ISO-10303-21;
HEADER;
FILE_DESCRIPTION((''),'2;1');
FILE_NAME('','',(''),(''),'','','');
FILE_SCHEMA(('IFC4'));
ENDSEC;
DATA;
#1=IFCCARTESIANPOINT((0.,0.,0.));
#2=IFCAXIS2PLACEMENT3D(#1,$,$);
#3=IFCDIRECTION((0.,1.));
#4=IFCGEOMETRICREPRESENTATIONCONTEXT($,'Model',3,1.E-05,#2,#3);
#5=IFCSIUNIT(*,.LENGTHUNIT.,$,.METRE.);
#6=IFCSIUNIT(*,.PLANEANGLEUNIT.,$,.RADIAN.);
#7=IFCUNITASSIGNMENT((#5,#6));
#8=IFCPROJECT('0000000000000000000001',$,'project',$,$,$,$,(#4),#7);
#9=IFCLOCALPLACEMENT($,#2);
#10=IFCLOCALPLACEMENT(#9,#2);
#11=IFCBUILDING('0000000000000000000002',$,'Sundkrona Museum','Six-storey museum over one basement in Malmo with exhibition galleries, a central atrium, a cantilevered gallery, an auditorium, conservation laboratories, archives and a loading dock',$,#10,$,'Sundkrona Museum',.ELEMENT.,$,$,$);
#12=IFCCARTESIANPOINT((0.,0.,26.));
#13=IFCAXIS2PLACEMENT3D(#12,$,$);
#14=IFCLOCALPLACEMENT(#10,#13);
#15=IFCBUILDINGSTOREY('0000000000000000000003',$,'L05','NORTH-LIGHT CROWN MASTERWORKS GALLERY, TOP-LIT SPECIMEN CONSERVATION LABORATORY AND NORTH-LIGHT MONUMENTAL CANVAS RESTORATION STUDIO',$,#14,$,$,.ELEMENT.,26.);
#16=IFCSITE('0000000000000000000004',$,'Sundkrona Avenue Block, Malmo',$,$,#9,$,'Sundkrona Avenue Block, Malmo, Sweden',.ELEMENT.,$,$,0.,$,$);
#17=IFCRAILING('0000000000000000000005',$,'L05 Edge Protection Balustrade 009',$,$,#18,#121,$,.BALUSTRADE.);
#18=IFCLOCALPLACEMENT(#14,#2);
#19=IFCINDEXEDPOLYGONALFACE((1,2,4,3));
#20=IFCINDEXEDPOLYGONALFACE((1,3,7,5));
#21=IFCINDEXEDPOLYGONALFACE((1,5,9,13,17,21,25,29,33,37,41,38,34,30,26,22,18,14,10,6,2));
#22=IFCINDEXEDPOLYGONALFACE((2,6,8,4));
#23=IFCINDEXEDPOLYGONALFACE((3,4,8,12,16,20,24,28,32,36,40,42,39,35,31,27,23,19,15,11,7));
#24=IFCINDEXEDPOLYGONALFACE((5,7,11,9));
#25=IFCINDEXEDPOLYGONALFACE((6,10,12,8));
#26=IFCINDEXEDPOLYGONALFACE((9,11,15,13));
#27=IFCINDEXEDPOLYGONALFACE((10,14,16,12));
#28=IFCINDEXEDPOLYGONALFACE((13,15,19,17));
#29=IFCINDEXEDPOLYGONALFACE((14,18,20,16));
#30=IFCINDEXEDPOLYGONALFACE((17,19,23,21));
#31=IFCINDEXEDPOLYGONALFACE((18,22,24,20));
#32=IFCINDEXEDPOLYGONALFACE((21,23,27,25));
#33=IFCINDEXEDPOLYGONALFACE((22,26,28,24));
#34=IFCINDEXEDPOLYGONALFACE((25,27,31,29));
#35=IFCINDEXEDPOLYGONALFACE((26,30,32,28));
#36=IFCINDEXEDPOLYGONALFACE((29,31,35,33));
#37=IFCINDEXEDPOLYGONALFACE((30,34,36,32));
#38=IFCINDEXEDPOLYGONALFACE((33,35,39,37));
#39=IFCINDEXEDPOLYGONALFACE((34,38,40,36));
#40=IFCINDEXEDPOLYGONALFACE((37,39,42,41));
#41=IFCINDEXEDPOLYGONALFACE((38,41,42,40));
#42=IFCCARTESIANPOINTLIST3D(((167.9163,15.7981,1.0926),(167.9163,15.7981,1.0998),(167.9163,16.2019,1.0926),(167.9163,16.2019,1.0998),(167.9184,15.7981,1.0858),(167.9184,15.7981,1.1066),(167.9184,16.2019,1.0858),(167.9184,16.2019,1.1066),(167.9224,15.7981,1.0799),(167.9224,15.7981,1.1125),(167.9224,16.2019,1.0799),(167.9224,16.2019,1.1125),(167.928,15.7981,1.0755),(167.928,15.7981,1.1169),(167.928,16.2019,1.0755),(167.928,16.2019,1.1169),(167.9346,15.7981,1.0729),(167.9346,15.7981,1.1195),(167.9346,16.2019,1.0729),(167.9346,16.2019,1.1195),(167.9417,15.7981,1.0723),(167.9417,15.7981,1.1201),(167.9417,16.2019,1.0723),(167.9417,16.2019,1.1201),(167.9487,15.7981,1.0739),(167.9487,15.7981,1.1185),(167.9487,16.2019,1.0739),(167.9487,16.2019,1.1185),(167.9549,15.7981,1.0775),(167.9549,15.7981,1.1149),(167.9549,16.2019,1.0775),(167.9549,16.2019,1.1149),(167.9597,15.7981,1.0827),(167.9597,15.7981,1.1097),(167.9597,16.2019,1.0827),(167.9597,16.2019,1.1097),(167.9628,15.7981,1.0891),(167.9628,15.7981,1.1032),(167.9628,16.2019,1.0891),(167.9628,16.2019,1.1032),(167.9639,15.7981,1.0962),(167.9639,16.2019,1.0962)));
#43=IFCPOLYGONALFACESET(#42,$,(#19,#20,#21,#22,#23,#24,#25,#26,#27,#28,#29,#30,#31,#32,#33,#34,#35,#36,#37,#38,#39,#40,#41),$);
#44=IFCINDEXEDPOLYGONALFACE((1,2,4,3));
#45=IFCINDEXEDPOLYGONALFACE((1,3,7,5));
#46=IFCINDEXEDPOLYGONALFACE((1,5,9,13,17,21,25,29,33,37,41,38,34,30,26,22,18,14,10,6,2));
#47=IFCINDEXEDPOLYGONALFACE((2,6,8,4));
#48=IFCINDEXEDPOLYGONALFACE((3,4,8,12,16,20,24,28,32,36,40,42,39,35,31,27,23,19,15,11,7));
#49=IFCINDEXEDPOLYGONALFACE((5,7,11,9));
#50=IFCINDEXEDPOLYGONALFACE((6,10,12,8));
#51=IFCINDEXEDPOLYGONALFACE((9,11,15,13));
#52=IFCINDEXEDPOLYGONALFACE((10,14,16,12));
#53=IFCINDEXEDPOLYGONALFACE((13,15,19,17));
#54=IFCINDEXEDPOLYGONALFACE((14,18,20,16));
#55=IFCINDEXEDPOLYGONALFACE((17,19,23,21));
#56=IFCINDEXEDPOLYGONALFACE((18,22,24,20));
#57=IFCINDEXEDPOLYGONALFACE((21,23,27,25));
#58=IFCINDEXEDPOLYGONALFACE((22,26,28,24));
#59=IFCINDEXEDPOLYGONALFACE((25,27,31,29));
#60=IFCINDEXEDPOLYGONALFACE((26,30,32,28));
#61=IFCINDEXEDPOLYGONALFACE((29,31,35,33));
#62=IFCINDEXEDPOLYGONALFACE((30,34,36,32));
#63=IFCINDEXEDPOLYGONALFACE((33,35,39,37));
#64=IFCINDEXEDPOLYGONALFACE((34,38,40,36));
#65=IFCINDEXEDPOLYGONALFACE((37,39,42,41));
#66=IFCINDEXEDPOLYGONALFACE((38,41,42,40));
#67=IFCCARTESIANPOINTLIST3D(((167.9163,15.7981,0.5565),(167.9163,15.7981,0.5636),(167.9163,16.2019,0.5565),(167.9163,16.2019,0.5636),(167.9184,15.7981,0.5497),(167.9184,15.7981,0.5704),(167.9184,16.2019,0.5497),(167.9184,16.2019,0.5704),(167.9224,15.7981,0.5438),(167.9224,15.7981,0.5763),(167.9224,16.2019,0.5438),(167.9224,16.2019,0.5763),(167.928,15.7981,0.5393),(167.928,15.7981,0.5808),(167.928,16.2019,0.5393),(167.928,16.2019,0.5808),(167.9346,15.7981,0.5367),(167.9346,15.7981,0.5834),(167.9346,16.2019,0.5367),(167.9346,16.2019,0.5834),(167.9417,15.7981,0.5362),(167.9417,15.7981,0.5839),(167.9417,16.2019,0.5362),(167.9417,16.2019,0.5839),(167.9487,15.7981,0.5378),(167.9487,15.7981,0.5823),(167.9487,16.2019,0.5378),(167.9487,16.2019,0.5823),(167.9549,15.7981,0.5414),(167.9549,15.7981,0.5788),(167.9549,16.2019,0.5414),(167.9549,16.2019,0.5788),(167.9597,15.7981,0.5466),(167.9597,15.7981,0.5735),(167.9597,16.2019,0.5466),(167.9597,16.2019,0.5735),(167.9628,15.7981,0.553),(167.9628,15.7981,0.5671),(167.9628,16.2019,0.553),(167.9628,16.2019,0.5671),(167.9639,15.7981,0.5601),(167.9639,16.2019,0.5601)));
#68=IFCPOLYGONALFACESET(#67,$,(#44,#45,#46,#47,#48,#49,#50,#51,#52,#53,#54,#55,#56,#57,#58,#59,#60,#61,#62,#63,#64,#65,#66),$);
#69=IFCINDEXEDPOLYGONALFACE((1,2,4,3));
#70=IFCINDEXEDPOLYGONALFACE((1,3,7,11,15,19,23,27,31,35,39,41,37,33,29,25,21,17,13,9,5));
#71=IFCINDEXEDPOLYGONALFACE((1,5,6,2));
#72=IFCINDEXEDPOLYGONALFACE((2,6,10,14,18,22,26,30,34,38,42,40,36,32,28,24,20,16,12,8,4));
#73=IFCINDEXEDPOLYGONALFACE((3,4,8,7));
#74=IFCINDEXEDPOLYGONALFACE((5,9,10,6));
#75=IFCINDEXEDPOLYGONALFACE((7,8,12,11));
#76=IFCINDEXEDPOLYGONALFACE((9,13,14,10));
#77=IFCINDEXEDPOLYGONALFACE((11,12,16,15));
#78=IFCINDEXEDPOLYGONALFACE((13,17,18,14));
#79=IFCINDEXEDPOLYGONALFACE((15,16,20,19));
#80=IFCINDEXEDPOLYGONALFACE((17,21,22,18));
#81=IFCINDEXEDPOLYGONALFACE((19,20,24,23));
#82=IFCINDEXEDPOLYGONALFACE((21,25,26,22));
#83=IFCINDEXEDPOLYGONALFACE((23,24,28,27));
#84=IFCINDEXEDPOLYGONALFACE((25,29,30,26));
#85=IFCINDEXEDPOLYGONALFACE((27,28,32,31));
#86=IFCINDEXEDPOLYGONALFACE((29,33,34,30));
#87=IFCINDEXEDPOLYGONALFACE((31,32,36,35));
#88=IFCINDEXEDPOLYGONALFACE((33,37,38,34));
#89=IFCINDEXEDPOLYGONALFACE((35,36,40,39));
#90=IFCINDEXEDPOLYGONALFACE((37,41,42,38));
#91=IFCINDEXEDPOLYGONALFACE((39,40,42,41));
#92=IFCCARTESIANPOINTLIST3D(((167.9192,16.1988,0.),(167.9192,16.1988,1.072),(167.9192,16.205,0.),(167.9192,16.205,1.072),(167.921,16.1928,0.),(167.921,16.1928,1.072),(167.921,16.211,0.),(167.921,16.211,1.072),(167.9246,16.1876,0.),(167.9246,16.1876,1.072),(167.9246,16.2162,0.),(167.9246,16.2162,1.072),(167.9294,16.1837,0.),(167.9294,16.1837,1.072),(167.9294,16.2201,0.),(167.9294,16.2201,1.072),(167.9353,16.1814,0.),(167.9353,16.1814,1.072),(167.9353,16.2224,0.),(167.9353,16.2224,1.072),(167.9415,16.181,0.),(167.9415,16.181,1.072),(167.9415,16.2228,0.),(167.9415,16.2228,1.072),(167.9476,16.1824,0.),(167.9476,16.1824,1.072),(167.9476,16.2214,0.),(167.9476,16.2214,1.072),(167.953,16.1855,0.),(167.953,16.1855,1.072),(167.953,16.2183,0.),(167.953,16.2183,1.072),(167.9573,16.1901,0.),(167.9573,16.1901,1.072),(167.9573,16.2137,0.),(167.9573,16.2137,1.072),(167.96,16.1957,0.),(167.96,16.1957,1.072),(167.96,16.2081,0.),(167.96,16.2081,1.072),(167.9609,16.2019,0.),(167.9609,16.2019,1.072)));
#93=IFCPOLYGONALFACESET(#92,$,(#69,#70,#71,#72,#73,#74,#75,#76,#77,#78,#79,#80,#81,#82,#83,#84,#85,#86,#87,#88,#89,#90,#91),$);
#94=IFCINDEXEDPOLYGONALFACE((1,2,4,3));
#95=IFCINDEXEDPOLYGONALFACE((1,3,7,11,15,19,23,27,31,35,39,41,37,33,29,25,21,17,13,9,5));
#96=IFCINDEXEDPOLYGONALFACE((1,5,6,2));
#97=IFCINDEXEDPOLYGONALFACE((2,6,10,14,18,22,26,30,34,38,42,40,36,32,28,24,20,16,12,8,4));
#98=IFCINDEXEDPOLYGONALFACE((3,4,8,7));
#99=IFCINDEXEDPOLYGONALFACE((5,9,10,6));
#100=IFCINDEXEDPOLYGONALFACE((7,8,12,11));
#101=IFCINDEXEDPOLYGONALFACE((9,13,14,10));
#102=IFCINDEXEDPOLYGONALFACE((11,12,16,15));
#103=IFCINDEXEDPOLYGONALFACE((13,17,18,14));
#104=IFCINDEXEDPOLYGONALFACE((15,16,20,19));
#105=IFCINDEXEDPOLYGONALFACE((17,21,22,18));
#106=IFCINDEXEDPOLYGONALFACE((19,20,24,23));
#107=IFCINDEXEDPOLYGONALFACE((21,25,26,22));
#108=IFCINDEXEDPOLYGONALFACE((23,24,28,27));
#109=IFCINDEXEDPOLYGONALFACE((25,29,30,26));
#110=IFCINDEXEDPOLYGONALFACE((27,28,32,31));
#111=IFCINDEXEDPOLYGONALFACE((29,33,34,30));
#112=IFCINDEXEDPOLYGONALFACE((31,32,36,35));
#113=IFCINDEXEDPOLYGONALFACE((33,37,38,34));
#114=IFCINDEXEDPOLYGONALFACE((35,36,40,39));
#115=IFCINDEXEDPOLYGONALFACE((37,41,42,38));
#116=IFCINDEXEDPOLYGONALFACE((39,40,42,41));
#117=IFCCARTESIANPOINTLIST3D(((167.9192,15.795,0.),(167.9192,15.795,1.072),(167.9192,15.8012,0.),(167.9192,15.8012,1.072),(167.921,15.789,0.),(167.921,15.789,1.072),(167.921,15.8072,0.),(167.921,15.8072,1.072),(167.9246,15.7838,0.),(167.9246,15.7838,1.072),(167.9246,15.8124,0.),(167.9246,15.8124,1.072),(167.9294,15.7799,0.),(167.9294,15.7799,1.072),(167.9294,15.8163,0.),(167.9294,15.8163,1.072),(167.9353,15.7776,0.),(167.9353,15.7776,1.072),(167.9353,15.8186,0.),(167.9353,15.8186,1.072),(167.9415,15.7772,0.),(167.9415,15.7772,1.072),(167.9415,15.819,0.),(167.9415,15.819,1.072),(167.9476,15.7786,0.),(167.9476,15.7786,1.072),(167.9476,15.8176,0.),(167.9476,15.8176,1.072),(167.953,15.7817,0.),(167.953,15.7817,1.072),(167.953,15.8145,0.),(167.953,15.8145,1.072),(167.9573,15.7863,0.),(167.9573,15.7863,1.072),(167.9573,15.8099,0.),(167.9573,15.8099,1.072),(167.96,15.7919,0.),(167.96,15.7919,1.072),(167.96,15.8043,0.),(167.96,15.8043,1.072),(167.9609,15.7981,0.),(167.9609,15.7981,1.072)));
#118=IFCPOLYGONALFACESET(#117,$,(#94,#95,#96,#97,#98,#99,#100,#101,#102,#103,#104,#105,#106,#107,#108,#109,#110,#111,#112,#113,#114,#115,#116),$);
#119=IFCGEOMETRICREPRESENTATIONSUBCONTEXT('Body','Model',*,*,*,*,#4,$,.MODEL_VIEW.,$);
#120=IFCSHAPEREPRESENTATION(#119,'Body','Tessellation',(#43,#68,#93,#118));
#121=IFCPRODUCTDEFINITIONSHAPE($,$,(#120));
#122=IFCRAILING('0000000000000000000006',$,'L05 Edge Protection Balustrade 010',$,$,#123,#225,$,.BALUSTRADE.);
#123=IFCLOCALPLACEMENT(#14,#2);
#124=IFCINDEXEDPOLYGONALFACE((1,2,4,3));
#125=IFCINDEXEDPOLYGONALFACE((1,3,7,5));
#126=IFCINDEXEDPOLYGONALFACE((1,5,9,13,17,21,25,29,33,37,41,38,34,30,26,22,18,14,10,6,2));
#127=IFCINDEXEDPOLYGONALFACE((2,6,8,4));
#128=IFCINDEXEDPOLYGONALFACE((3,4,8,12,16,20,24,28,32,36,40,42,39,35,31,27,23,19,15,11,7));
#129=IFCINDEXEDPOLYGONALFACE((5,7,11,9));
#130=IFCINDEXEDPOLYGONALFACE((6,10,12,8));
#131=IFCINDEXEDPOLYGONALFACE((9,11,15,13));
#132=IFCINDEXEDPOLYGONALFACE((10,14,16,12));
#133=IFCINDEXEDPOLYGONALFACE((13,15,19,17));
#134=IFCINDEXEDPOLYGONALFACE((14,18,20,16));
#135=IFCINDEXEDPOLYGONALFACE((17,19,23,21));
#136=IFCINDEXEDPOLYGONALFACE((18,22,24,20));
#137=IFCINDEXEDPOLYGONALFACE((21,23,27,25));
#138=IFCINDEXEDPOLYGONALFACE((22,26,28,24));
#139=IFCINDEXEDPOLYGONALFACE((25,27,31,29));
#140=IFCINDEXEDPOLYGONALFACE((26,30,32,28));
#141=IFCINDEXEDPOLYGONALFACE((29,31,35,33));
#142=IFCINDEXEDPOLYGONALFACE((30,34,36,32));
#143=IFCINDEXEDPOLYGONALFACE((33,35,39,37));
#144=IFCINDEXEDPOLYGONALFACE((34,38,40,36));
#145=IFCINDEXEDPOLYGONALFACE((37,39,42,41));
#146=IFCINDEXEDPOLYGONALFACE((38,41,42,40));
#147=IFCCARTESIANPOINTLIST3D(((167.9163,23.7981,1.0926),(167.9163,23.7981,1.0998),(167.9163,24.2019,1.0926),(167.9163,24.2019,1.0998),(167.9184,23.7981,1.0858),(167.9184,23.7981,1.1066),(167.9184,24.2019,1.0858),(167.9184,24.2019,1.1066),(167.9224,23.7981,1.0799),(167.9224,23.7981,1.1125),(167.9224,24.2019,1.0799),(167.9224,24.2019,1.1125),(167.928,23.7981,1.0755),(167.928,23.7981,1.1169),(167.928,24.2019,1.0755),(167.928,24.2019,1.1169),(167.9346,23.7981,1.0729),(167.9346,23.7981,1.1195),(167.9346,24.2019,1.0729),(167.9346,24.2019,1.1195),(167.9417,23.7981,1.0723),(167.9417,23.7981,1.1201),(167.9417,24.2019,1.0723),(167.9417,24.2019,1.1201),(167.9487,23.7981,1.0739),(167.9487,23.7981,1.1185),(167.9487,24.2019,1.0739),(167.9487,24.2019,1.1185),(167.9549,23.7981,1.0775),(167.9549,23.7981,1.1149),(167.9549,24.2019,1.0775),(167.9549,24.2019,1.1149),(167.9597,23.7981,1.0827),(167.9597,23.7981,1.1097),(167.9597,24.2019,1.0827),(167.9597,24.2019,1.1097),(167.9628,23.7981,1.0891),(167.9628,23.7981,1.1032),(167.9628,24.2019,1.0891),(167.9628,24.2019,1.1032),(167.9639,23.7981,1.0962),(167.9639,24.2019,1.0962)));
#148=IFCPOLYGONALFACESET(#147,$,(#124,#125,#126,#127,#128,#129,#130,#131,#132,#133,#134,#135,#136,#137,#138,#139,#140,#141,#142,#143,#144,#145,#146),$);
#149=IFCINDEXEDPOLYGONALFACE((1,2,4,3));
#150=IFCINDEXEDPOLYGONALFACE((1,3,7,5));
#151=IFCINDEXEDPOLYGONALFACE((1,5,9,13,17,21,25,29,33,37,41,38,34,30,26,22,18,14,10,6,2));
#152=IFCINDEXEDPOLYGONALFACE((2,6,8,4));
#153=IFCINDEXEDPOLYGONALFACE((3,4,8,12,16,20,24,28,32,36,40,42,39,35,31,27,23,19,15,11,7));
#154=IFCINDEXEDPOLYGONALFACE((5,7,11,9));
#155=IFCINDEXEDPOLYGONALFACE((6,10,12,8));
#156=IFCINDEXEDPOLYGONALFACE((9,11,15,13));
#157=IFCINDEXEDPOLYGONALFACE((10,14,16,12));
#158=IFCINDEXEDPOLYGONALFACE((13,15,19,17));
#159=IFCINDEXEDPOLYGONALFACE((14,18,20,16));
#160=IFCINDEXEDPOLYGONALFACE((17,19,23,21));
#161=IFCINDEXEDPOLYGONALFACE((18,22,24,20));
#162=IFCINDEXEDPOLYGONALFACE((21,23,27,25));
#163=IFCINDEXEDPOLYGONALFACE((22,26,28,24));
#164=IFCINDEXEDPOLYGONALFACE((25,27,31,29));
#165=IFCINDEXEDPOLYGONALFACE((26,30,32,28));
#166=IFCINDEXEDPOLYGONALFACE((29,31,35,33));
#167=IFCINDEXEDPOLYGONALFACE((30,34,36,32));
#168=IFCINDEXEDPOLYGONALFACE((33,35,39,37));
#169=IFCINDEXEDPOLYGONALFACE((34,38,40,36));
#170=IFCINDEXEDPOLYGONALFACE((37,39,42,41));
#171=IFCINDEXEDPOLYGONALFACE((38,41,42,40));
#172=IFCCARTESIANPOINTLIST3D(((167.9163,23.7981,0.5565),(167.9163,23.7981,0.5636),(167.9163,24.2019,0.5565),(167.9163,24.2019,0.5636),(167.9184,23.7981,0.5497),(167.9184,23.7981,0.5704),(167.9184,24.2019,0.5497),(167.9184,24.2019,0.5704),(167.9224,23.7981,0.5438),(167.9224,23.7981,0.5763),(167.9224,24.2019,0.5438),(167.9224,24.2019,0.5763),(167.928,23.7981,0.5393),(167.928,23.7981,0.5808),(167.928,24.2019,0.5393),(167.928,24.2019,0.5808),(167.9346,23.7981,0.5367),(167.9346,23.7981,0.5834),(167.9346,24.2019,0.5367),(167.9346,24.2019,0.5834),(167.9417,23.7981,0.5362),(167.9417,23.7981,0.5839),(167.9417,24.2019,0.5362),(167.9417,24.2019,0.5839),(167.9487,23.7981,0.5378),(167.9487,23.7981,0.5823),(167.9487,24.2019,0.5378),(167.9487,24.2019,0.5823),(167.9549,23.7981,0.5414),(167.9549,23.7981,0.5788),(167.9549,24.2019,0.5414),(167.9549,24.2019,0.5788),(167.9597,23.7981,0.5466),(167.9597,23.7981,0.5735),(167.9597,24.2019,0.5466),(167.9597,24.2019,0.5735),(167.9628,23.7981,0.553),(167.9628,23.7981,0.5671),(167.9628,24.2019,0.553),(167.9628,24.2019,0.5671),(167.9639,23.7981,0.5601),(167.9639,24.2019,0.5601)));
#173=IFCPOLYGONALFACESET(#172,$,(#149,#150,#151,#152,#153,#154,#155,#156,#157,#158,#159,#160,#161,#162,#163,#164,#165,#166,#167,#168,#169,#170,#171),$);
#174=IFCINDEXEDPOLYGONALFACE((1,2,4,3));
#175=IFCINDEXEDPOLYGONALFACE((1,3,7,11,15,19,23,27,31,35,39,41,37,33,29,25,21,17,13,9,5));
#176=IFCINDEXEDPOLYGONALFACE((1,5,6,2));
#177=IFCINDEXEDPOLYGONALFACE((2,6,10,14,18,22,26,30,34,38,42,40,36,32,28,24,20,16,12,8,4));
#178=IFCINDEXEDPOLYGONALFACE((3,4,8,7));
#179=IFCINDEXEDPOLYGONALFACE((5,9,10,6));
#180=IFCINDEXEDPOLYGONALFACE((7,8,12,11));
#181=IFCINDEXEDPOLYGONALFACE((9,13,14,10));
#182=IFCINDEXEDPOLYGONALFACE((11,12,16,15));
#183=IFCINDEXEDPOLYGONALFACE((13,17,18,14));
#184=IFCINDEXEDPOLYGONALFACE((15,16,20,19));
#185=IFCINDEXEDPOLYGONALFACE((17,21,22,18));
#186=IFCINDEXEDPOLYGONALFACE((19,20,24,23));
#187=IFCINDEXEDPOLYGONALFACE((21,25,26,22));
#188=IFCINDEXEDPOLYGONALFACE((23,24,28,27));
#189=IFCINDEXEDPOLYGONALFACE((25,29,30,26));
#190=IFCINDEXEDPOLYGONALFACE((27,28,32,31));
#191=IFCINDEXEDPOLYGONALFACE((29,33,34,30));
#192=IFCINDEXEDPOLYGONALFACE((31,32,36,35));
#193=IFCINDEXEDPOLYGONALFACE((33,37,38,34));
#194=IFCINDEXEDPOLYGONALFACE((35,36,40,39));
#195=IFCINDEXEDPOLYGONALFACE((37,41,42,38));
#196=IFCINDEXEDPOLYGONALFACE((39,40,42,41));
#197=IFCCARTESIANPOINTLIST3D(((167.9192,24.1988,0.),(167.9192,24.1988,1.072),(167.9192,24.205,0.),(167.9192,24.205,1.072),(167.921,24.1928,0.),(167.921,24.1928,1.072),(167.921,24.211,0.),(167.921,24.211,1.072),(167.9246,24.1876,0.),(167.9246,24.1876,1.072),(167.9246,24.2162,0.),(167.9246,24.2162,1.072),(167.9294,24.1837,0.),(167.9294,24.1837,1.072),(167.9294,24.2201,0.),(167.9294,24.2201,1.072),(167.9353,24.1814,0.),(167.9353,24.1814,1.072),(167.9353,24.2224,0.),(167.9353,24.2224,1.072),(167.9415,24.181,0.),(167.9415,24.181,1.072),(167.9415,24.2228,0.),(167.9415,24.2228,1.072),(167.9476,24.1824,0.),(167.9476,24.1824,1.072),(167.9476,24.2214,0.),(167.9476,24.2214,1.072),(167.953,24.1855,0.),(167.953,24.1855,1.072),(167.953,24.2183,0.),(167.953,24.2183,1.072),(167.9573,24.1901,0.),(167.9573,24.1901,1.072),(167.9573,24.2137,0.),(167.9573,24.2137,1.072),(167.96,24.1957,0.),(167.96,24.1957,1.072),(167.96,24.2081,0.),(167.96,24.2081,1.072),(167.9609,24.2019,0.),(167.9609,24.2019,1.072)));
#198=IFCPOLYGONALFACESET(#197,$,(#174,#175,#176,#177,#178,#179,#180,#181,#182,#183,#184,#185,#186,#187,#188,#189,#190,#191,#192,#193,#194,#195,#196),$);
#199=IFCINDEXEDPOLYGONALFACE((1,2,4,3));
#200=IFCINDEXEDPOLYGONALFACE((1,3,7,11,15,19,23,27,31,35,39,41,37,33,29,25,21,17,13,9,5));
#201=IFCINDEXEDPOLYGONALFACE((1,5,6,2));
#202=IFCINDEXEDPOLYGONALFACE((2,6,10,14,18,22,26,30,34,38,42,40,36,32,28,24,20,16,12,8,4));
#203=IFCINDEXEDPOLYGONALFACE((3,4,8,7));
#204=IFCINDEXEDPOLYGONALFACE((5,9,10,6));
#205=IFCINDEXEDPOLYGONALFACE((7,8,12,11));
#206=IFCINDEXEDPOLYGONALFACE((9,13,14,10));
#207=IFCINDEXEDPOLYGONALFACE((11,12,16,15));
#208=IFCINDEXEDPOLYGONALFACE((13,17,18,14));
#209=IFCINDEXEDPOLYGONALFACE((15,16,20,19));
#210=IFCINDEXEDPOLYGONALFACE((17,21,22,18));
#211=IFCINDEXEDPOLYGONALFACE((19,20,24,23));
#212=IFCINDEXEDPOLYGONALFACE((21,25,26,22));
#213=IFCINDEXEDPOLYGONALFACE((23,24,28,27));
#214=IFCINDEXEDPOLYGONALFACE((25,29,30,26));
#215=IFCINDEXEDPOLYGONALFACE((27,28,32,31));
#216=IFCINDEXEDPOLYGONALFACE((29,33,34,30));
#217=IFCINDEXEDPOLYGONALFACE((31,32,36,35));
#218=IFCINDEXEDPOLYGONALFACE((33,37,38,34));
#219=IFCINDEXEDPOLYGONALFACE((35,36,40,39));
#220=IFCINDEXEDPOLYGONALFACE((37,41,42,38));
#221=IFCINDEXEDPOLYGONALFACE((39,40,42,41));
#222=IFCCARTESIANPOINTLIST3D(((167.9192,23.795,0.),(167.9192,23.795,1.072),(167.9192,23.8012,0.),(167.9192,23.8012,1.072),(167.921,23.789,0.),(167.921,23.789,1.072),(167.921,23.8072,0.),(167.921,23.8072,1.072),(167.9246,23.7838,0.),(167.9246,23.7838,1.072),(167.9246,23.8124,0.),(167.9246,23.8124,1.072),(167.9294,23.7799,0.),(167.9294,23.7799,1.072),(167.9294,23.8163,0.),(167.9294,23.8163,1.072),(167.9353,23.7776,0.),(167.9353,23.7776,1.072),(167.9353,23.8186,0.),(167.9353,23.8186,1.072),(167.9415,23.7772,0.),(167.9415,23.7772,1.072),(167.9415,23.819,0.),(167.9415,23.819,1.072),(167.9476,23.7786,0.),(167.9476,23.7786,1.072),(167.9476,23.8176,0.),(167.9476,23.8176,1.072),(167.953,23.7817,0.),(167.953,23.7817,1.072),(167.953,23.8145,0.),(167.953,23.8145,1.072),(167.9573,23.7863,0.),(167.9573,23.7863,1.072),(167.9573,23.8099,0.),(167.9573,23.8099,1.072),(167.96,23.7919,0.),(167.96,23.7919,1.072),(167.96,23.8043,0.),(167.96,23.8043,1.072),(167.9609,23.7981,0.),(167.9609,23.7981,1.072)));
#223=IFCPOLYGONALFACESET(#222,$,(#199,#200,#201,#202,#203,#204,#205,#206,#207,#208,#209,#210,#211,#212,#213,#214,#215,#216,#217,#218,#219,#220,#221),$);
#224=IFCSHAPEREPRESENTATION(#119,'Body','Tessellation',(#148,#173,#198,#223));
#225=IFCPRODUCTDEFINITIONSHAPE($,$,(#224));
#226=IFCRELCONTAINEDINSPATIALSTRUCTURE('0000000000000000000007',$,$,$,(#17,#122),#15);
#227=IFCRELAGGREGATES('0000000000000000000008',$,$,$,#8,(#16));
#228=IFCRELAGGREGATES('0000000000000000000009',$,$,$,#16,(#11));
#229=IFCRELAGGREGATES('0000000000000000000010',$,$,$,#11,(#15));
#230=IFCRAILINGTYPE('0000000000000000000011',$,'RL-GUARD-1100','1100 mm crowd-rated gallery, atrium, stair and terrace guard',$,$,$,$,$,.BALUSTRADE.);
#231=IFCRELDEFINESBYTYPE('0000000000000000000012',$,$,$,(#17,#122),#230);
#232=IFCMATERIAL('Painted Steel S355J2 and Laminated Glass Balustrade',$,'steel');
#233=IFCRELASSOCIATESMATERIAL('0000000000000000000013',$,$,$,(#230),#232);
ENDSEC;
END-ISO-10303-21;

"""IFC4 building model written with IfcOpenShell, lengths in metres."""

from ifc_helpers import new_model, si_unit, direction, frame, origin, origin_2d, place, context, subcontext, project, spatial, circle, extrude, material, type_object, element, save


model = new_model("IFC4")

# Units and contexts
model_context = context("Model", 3, precision=1e-05, world=origin(), true_north=direction((0.0, 1.0)))
body_context = subcontext(model_context, "Body", "Model", "MODEL_VIEW")
ifc_project = project(units=[si_unit("LENGTHUNIT", "METRE"), si_unit("PLANEANGLEUNIT", "RADIAN")], contexts=[model_context])

# Site, building, storey
site_placement = place(None, origin())
site = spatial("IfcSite", under=ifc_project, at=site_placement, Name="Sundkrona Avenue Block, Malmo", LongName="Sundkrona Avenue Block, Malmo, Sweden", CompositionType="ELEMENT", RefElevation=0.0)
building_placement = place(site_placement, origin())
building = spatial("IfcBuilding", under=site, at=building_placement, Name="Sundkrona Museum", Description="Six-storey museum over one basement in Malmo with exhibition galleries, a central atrium, a cantilevered gallery, an auditorium, conservation laboratories, archives and a loading dock", LongName="Sundkrona Museum", CompositionType="ELEMENT")
storey_placement = place(building_placement, frame((0.0, 0.0, 26.0)))
storey = spatial("IfcBuildingStorey", under=building, at=storey_placement, Name="L05", Description="NORTH-LIGHT CROWN MASTERWORKS GALLERY, TOP-LIT SPECIMEN CONSERVATION LABORATORY AND NORTH-LIGHT MONUMENTAL CANVAS RESTORATION STUDIO", CompositionType="ELEMENT", Elevation=26.0)

# Railings
ifc_material_1 = material(Name="Painted Steel S355J2 and Laminated Glass Balustrade", Category="steel")
railing_type = type_object("IfcRailingType", Name="RL-GUARD-1100", Description="1100 mm crowd-rated gallery, atrium, stair and terrace guard", PredefinedType="BALUSTRADE", material=ifc_material_1)
for number, where, name in (
    (1, (167.9399, 16.2019, 0.0), "L05 Edge Protection Balustrade 009"),
    (2, (167.9399, 24.2019, 0.0), "L05 Edge Protection Balustrade 010"),
):
    element("IfcRailing", number, at=place(storey_placement, frame(where)), inside=storey, type_object=railing_type, Name=name, PredefinedType="BALUSTRADE", context=body_context, shape_type="SweptSolid", body=[
        extrude(circle(Radius=0.0239, at=origin_2d()), frame((0.0, 0.0, 1.0962), z_axis=(0.0, -1.0, 0.0), x_axis=(1.0, 0.0, 0.0)), (0.0, 0.0, 1.0), 0.4038),
        extrude(circle(Radius=0.0239, at=origin_2d()), frame((0.0, 0.0, 0.5601), z_axis=(0.0, -1.0, 0.0), x_axis=(1.0, 0.0, 0.0)), (0.0, 0.0, 1.0), 0.4038),
        extrude(circle(Radius=0.021, at=origin_2d()), origin(), (0.0, 0.0, 1.0), 1.072),
        extrude(circle(Radius=0.021, at=origin_2d()), frame((0.0, -0.4038, 0.0)), (0.0, 0.0, 1.0), 1.072),
    ])

save(model, "model.ifc")
